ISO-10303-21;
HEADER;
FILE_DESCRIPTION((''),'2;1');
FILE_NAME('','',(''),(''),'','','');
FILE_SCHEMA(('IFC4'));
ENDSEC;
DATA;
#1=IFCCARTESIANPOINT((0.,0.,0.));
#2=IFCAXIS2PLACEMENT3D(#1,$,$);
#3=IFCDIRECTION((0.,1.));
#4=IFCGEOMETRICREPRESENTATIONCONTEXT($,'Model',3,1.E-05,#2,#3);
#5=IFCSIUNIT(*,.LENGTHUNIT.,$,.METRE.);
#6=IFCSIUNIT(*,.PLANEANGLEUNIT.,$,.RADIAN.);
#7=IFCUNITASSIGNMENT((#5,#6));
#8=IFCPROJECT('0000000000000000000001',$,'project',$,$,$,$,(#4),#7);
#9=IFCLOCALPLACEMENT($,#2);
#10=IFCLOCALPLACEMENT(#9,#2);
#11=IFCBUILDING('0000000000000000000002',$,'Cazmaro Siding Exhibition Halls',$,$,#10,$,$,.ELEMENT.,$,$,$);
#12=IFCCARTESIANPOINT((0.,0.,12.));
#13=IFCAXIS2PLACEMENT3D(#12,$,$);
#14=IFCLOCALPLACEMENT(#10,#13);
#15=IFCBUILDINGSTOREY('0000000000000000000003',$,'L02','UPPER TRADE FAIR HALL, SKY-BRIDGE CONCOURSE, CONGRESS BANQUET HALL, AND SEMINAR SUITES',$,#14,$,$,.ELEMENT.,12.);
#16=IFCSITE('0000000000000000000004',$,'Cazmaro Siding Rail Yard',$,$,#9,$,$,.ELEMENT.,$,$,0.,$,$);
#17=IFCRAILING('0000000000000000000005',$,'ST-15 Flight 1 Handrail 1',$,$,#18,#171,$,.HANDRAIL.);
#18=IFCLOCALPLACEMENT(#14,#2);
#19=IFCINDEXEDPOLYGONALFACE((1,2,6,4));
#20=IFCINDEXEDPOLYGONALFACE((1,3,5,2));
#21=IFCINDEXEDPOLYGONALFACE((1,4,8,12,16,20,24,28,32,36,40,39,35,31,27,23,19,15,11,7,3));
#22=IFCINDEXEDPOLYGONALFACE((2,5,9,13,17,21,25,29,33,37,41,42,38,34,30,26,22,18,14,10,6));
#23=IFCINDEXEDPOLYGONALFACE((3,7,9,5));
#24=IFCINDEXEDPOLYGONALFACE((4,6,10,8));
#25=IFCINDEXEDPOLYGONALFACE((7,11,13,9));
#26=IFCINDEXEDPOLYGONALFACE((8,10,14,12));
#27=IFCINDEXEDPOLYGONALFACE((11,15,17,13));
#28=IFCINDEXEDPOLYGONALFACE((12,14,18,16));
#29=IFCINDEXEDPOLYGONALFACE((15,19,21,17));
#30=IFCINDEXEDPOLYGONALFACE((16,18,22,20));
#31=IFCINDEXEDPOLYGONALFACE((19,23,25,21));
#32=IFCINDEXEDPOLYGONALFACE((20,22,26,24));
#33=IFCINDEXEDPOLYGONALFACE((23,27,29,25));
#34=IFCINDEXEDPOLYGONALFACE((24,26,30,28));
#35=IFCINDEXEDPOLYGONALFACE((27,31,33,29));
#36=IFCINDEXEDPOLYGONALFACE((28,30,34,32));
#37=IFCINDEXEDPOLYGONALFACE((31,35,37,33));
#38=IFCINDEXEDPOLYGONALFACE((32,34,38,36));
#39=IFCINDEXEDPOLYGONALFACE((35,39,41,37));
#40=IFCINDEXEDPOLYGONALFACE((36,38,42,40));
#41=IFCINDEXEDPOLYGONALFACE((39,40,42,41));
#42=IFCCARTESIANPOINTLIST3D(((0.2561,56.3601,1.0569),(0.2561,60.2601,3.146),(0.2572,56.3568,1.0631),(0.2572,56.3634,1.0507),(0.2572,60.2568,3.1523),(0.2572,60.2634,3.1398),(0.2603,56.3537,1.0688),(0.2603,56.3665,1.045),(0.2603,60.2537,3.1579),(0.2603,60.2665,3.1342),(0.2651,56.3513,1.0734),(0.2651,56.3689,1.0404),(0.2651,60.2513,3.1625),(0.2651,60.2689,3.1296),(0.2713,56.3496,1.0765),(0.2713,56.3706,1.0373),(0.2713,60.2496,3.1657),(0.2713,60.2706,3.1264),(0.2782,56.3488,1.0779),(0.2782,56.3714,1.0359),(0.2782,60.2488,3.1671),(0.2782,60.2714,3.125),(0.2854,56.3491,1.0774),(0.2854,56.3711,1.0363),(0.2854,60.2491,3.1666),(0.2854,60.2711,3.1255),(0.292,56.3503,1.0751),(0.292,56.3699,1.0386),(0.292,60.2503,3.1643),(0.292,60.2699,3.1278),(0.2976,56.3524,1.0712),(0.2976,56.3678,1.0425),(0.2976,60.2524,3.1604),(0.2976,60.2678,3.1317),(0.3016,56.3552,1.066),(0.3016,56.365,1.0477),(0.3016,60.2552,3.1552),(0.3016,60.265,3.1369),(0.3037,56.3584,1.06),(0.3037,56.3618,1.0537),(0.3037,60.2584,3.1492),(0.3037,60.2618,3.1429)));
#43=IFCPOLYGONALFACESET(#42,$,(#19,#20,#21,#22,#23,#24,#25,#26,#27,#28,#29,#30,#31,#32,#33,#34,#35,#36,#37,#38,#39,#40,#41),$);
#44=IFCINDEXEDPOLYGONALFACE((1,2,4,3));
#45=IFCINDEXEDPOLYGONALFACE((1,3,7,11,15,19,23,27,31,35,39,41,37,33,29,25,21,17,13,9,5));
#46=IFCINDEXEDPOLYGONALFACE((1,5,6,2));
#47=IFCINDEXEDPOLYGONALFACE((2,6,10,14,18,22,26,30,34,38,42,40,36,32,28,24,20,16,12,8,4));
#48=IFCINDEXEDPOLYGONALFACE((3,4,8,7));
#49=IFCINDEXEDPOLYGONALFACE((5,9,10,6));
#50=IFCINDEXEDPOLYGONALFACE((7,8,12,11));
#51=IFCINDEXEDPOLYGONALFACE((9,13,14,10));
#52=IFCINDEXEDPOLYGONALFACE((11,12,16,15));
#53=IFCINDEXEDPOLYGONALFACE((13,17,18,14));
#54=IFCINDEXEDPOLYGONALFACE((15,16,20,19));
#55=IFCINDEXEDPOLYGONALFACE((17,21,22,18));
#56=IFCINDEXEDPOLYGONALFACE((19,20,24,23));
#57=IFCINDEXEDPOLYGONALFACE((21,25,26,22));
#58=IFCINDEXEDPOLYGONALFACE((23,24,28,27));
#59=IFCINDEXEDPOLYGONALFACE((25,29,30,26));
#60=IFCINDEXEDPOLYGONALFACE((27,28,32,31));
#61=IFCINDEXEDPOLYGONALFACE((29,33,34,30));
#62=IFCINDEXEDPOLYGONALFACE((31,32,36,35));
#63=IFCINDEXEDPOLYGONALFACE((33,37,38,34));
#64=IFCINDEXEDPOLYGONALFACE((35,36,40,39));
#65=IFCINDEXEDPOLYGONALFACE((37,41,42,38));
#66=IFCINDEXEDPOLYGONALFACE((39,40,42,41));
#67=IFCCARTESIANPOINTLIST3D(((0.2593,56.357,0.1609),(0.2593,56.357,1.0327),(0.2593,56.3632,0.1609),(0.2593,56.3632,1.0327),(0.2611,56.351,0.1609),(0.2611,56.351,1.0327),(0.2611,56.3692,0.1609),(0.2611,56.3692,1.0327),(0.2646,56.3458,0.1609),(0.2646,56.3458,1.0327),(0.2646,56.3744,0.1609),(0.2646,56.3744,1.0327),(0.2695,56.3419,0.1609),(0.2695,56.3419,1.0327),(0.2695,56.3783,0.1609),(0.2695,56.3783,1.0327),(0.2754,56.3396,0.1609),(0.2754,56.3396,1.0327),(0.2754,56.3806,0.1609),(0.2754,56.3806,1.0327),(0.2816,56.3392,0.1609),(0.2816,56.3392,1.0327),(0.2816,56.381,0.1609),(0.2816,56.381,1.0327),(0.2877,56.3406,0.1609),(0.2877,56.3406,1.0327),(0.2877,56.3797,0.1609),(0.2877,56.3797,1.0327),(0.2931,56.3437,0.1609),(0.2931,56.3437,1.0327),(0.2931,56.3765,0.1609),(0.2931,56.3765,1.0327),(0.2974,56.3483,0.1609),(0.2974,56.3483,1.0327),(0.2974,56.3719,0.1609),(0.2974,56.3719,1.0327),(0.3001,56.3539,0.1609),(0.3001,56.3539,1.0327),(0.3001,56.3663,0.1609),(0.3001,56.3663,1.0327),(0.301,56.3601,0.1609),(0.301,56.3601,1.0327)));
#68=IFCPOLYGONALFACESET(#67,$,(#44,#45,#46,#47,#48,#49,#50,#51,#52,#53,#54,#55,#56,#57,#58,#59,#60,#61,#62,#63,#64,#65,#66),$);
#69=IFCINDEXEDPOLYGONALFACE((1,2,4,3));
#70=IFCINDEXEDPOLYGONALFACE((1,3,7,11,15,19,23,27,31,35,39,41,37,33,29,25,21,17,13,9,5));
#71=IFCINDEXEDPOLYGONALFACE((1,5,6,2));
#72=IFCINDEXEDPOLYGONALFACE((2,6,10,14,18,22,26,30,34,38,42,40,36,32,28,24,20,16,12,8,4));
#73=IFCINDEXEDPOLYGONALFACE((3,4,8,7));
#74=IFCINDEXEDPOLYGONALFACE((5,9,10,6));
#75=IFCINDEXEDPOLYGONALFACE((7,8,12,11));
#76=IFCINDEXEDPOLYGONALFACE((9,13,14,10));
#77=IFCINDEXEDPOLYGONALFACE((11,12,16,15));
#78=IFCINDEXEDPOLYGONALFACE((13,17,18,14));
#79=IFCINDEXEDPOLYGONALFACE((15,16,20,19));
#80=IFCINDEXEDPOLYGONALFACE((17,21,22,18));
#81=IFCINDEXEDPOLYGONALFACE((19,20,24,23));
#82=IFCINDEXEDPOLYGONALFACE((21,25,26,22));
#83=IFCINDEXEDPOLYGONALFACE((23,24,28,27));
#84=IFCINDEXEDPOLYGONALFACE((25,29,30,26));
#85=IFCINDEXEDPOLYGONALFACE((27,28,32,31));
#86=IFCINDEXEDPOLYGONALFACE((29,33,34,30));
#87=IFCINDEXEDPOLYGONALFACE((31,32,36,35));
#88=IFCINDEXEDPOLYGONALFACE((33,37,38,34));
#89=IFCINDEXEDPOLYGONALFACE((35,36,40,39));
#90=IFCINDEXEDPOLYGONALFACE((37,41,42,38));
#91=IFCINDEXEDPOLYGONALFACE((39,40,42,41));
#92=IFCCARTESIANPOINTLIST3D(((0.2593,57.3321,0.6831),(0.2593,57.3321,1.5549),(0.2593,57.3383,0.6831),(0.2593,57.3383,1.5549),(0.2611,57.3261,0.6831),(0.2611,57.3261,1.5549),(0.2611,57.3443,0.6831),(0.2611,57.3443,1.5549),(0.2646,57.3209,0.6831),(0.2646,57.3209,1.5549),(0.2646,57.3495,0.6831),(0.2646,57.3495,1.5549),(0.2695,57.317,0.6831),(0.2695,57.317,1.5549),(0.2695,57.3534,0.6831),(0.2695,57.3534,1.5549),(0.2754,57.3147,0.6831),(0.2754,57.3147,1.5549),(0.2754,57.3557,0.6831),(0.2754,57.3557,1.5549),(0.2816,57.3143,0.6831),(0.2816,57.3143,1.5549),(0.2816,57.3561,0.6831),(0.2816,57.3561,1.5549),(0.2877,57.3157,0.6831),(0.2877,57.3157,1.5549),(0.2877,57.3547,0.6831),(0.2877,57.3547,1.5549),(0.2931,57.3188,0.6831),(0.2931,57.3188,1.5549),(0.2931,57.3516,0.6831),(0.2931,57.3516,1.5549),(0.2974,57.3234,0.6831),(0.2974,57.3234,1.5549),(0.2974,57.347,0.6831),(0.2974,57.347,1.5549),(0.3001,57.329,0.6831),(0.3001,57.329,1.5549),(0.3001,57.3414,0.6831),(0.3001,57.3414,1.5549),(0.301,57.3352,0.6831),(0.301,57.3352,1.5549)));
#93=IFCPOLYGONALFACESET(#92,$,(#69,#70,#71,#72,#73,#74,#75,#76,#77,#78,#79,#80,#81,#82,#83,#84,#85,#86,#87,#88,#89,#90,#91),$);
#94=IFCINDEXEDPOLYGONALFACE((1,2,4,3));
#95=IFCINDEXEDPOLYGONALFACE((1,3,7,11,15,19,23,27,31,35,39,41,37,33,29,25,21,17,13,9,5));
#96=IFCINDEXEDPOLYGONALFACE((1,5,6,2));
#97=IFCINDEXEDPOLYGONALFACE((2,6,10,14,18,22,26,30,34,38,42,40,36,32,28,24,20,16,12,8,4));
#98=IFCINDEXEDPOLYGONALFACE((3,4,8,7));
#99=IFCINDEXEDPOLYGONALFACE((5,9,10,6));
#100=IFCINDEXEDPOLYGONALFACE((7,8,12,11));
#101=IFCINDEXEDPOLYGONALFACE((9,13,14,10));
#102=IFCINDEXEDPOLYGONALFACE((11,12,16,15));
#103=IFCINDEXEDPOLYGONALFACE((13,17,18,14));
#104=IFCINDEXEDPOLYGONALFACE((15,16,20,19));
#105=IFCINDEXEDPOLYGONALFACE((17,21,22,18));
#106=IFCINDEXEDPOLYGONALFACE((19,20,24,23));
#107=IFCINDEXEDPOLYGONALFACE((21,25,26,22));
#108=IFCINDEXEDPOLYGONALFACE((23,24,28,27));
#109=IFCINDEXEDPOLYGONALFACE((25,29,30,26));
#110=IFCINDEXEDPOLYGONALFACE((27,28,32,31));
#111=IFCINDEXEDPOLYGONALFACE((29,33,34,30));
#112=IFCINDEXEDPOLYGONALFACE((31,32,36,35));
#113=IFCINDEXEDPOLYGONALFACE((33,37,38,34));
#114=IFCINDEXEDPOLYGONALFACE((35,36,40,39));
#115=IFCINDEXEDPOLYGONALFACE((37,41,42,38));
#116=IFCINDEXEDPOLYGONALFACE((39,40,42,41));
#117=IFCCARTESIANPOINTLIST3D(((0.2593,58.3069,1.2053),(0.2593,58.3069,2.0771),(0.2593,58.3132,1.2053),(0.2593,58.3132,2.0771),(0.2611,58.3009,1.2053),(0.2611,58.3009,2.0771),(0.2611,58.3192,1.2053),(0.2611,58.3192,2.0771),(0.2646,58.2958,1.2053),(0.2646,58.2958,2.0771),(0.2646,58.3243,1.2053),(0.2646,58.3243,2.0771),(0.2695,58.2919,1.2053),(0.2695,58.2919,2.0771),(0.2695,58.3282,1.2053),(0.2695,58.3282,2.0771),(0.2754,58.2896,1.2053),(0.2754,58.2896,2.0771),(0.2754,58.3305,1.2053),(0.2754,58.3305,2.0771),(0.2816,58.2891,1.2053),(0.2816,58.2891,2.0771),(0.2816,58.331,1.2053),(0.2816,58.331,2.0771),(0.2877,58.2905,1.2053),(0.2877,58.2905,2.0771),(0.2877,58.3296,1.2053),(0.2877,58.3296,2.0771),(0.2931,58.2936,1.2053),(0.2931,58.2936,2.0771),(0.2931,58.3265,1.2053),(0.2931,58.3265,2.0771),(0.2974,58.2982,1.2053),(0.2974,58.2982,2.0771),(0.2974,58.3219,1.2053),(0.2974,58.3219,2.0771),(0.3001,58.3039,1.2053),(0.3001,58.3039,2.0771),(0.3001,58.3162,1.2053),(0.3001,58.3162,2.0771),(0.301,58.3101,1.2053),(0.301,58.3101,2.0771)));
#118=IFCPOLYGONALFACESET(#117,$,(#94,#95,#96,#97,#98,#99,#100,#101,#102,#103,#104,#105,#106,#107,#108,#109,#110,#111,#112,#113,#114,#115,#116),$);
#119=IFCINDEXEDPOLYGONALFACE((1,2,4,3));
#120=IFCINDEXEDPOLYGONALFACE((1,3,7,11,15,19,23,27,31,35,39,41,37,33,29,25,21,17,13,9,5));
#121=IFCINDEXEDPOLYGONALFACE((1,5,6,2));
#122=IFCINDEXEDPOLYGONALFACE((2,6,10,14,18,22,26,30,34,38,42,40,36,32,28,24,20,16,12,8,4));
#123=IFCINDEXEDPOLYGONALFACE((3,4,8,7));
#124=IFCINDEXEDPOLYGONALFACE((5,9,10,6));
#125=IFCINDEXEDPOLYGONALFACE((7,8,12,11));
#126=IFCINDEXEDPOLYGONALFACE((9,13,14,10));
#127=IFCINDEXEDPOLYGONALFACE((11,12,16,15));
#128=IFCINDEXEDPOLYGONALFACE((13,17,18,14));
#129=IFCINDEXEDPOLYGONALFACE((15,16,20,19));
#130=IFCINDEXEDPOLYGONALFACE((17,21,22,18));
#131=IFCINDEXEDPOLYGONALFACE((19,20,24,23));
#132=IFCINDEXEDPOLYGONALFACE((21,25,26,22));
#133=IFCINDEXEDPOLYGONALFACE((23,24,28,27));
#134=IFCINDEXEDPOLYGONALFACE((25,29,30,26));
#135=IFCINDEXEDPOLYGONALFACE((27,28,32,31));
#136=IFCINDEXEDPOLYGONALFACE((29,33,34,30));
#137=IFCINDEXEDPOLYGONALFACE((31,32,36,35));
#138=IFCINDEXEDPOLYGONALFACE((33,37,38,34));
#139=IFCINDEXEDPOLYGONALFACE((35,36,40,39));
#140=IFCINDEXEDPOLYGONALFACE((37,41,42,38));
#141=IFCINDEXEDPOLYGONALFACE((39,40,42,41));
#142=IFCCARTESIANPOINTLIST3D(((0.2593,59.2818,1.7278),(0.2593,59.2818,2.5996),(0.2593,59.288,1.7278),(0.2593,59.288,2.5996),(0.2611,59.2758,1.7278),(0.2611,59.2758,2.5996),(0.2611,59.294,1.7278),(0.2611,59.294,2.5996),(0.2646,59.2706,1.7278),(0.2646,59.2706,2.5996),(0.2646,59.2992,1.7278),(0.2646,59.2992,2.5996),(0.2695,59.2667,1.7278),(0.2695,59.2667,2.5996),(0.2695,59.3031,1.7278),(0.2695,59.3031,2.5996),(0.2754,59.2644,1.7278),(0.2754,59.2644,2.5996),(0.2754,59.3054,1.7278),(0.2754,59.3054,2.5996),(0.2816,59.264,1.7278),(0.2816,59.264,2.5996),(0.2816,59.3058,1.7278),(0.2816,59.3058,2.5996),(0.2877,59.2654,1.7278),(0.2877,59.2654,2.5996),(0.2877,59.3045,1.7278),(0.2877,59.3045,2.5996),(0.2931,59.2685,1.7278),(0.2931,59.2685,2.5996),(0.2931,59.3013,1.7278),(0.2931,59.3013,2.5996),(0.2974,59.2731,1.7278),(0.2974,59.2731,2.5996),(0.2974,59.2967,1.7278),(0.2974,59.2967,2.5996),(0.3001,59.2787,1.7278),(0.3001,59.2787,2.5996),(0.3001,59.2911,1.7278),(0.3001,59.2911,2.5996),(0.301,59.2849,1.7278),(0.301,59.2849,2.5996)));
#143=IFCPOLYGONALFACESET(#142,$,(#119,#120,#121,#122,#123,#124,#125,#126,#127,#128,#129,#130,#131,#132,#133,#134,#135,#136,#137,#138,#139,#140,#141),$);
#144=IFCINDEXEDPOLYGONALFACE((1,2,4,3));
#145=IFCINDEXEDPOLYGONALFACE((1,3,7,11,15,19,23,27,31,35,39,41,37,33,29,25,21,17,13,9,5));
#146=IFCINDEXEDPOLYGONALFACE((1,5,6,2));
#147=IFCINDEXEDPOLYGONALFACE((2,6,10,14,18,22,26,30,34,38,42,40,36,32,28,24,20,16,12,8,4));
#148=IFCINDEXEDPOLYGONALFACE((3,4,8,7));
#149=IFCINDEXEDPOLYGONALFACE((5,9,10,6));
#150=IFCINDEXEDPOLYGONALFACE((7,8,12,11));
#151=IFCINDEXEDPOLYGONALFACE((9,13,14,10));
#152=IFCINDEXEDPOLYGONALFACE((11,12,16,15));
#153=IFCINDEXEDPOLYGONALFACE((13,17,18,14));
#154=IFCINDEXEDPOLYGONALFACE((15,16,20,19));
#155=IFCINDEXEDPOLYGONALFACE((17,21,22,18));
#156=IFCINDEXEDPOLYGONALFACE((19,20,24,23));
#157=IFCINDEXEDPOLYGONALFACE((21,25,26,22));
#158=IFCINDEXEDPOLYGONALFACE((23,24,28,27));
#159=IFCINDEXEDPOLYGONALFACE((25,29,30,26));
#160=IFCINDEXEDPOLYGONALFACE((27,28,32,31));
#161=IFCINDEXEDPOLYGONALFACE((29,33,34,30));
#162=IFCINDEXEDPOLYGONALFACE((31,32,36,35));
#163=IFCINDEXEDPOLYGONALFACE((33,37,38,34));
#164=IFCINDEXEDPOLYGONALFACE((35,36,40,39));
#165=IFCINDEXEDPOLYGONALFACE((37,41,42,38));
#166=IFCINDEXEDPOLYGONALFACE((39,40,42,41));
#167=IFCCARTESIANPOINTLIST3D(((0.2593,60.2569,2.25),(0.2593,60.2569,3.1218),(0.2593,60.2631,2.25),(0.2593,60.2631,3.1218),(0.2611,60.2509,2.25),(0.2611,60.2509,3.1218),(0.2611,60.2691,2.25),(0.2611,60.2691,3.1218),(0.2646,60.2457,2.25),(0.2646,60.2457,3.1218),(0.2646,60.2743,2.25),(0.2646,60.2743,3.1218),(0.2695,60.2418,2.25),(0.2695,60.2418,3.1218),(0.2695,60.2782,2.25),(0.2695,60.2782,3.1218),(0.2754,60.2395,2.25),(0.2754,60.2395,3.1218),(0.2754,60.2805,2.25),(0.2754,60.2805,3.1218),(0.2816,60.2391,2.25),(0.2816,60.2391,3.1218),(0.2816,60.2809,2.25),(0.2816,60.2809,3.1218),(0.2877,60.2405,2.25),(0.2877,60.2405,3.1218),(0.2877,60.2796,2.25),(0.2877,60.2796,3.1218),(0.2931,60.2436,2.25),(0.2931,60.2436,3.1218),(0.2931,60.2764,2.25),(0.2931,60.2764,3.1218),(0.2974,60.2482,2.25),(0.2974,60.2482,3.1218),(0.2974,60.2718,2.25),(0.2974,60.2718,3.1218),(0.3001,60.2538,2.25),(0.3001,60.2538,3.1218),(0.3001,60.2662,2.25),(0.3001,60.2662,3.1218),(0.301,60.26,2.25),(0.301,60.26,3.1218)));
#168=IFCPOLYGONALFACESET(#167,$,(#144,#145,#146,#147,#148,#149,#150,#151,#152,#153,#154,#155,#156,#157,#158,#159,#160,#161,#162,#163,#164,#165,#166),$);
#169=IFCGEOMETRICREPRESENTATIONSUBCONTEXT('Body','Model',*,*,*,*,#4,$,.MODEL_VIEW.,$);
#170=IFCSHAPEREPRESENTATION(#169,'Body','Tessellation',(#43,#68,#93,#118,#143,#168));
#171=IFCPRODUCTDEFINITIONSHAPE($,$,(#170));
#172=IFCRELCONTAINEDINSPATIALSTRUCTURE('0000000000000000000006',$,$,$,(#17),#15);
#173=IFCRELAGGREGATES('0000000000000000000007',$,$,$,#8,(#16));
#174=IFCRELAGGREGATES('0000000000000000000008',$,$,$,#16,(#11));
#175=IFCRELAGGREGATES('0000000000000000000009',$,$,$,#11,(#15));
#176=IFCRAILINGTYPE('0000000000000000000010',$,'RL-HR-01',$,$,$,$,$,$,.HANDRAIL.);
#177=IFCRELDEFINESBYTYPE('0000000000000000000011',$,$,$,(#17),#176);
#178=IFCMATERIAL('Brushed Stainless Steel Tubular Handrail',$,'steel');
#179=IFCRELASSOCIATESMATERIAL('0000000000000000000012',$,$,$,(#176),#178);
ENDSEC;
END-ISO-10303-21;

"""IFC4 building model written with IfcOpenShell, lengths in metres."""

from ifc_helpers import new_model, si_unit, direction, frame, origin, origin_2d, place, context, subcontext, project, spatial, circle, extrude, material, type_object, element, save


model = new_model("IFC4")

# Units and contexts
model_context = context("Model", 3, precision=1e-05, world=origin(), true_north=direction((0.0, 1.0)))
body_context = subcontext(model_context, "Body", "Model", "MODEL_VIEW")
ifc_project = project(units=[si_unit("LENGTHUNIT", "METRE"), si_unit("PLANEANGLEUNIT", "RADIAN")], contexts=[model_context])

# Site, building, storey
site_placement = place(None, origin())
site = spatial("IfcSite", under=ifc_project, at=site_placement, Name="Cazmaro Siding Rail Yard", CompositionType="ELEMENT", RefElevation=0.0)
building_placement = place(site_placement, origin())
building = spatial("IfcBuilding", under=site, at=building_placement, Name="Cazmaro Siding Exhibition Halls", CompositionType="ELEMENT")
storey_placement = place(building_placement, frame((0.0, 0.0, 12.0)))
storey = spatial("IfcBuildingStorey", under=building, at=storey_placement, Name="L02", Description="UPPER TRADE FAIR HALL, SKY-BRIDGE CONCOURSE, CONGRESS BANQUET HALL, AND SEMINAR SUITES", CompositionType="ELEMENT", Elevation=12.0)

# Railing
ifc_material_1 = material(Name="Brushed Stainless Steel Tubular Handrail", Category="steel")
railing_type_1 = type_object("IfcRailingType", Name="RL-HR-01", PredefinedType="HANDRAIL", material=ifc_material_1)
railing_1_placement = place(storey_placement, frame((0.28, 56.3601, 0.1609)))
element("IfcRailing", 1, at=railing_1_placement, inside=storey, type_object=railing_type_1, Name="ST-15 Flight 1 Handrail 1", PredefinedType="HANDRAIL", context=body_context, shape_type="SweptSolid", body=[
    extrude(circle(Radius=0.0239, at=origin_2d()), frame((0.0, 0.0, 0.896), z_axis=(0.0, 0.881491, 0.4722), x_axis=(-1.0, 0.0, 0.0)), (0.0, 0.0, 1.0), 4.4243),
    extrude(circle(Radius=0.021, at=origin_2d()), origin(), (0.0, 0.0, 1.0), 0.8718),
    extrude(circle(Radius=0.021, at=origin_2d()), frame((0.0, 0.9751, 0.5222)), (0.0, 0.0, 1.0), 0.8718),
    extrude(circle(Radius=0.021, at=origin_2d()), frame((0.0, 1.95, 1.0444)), (0.0, 0.0, 1.0), 0.8718),
    extrude(circle(Radius=0.021, at=origin_2d()), frame((0.0, 2.9248, 1.5669)), (0.0, 0.0, 1.0), 0.8718),
    extrude(circle(Radius=0.021, at=origin_2d()), frame((0.0, 3.8999, 2.0891)), (0.0, 0.0, 1.0), 0.8718),
])

save(model, "model.ifc")
